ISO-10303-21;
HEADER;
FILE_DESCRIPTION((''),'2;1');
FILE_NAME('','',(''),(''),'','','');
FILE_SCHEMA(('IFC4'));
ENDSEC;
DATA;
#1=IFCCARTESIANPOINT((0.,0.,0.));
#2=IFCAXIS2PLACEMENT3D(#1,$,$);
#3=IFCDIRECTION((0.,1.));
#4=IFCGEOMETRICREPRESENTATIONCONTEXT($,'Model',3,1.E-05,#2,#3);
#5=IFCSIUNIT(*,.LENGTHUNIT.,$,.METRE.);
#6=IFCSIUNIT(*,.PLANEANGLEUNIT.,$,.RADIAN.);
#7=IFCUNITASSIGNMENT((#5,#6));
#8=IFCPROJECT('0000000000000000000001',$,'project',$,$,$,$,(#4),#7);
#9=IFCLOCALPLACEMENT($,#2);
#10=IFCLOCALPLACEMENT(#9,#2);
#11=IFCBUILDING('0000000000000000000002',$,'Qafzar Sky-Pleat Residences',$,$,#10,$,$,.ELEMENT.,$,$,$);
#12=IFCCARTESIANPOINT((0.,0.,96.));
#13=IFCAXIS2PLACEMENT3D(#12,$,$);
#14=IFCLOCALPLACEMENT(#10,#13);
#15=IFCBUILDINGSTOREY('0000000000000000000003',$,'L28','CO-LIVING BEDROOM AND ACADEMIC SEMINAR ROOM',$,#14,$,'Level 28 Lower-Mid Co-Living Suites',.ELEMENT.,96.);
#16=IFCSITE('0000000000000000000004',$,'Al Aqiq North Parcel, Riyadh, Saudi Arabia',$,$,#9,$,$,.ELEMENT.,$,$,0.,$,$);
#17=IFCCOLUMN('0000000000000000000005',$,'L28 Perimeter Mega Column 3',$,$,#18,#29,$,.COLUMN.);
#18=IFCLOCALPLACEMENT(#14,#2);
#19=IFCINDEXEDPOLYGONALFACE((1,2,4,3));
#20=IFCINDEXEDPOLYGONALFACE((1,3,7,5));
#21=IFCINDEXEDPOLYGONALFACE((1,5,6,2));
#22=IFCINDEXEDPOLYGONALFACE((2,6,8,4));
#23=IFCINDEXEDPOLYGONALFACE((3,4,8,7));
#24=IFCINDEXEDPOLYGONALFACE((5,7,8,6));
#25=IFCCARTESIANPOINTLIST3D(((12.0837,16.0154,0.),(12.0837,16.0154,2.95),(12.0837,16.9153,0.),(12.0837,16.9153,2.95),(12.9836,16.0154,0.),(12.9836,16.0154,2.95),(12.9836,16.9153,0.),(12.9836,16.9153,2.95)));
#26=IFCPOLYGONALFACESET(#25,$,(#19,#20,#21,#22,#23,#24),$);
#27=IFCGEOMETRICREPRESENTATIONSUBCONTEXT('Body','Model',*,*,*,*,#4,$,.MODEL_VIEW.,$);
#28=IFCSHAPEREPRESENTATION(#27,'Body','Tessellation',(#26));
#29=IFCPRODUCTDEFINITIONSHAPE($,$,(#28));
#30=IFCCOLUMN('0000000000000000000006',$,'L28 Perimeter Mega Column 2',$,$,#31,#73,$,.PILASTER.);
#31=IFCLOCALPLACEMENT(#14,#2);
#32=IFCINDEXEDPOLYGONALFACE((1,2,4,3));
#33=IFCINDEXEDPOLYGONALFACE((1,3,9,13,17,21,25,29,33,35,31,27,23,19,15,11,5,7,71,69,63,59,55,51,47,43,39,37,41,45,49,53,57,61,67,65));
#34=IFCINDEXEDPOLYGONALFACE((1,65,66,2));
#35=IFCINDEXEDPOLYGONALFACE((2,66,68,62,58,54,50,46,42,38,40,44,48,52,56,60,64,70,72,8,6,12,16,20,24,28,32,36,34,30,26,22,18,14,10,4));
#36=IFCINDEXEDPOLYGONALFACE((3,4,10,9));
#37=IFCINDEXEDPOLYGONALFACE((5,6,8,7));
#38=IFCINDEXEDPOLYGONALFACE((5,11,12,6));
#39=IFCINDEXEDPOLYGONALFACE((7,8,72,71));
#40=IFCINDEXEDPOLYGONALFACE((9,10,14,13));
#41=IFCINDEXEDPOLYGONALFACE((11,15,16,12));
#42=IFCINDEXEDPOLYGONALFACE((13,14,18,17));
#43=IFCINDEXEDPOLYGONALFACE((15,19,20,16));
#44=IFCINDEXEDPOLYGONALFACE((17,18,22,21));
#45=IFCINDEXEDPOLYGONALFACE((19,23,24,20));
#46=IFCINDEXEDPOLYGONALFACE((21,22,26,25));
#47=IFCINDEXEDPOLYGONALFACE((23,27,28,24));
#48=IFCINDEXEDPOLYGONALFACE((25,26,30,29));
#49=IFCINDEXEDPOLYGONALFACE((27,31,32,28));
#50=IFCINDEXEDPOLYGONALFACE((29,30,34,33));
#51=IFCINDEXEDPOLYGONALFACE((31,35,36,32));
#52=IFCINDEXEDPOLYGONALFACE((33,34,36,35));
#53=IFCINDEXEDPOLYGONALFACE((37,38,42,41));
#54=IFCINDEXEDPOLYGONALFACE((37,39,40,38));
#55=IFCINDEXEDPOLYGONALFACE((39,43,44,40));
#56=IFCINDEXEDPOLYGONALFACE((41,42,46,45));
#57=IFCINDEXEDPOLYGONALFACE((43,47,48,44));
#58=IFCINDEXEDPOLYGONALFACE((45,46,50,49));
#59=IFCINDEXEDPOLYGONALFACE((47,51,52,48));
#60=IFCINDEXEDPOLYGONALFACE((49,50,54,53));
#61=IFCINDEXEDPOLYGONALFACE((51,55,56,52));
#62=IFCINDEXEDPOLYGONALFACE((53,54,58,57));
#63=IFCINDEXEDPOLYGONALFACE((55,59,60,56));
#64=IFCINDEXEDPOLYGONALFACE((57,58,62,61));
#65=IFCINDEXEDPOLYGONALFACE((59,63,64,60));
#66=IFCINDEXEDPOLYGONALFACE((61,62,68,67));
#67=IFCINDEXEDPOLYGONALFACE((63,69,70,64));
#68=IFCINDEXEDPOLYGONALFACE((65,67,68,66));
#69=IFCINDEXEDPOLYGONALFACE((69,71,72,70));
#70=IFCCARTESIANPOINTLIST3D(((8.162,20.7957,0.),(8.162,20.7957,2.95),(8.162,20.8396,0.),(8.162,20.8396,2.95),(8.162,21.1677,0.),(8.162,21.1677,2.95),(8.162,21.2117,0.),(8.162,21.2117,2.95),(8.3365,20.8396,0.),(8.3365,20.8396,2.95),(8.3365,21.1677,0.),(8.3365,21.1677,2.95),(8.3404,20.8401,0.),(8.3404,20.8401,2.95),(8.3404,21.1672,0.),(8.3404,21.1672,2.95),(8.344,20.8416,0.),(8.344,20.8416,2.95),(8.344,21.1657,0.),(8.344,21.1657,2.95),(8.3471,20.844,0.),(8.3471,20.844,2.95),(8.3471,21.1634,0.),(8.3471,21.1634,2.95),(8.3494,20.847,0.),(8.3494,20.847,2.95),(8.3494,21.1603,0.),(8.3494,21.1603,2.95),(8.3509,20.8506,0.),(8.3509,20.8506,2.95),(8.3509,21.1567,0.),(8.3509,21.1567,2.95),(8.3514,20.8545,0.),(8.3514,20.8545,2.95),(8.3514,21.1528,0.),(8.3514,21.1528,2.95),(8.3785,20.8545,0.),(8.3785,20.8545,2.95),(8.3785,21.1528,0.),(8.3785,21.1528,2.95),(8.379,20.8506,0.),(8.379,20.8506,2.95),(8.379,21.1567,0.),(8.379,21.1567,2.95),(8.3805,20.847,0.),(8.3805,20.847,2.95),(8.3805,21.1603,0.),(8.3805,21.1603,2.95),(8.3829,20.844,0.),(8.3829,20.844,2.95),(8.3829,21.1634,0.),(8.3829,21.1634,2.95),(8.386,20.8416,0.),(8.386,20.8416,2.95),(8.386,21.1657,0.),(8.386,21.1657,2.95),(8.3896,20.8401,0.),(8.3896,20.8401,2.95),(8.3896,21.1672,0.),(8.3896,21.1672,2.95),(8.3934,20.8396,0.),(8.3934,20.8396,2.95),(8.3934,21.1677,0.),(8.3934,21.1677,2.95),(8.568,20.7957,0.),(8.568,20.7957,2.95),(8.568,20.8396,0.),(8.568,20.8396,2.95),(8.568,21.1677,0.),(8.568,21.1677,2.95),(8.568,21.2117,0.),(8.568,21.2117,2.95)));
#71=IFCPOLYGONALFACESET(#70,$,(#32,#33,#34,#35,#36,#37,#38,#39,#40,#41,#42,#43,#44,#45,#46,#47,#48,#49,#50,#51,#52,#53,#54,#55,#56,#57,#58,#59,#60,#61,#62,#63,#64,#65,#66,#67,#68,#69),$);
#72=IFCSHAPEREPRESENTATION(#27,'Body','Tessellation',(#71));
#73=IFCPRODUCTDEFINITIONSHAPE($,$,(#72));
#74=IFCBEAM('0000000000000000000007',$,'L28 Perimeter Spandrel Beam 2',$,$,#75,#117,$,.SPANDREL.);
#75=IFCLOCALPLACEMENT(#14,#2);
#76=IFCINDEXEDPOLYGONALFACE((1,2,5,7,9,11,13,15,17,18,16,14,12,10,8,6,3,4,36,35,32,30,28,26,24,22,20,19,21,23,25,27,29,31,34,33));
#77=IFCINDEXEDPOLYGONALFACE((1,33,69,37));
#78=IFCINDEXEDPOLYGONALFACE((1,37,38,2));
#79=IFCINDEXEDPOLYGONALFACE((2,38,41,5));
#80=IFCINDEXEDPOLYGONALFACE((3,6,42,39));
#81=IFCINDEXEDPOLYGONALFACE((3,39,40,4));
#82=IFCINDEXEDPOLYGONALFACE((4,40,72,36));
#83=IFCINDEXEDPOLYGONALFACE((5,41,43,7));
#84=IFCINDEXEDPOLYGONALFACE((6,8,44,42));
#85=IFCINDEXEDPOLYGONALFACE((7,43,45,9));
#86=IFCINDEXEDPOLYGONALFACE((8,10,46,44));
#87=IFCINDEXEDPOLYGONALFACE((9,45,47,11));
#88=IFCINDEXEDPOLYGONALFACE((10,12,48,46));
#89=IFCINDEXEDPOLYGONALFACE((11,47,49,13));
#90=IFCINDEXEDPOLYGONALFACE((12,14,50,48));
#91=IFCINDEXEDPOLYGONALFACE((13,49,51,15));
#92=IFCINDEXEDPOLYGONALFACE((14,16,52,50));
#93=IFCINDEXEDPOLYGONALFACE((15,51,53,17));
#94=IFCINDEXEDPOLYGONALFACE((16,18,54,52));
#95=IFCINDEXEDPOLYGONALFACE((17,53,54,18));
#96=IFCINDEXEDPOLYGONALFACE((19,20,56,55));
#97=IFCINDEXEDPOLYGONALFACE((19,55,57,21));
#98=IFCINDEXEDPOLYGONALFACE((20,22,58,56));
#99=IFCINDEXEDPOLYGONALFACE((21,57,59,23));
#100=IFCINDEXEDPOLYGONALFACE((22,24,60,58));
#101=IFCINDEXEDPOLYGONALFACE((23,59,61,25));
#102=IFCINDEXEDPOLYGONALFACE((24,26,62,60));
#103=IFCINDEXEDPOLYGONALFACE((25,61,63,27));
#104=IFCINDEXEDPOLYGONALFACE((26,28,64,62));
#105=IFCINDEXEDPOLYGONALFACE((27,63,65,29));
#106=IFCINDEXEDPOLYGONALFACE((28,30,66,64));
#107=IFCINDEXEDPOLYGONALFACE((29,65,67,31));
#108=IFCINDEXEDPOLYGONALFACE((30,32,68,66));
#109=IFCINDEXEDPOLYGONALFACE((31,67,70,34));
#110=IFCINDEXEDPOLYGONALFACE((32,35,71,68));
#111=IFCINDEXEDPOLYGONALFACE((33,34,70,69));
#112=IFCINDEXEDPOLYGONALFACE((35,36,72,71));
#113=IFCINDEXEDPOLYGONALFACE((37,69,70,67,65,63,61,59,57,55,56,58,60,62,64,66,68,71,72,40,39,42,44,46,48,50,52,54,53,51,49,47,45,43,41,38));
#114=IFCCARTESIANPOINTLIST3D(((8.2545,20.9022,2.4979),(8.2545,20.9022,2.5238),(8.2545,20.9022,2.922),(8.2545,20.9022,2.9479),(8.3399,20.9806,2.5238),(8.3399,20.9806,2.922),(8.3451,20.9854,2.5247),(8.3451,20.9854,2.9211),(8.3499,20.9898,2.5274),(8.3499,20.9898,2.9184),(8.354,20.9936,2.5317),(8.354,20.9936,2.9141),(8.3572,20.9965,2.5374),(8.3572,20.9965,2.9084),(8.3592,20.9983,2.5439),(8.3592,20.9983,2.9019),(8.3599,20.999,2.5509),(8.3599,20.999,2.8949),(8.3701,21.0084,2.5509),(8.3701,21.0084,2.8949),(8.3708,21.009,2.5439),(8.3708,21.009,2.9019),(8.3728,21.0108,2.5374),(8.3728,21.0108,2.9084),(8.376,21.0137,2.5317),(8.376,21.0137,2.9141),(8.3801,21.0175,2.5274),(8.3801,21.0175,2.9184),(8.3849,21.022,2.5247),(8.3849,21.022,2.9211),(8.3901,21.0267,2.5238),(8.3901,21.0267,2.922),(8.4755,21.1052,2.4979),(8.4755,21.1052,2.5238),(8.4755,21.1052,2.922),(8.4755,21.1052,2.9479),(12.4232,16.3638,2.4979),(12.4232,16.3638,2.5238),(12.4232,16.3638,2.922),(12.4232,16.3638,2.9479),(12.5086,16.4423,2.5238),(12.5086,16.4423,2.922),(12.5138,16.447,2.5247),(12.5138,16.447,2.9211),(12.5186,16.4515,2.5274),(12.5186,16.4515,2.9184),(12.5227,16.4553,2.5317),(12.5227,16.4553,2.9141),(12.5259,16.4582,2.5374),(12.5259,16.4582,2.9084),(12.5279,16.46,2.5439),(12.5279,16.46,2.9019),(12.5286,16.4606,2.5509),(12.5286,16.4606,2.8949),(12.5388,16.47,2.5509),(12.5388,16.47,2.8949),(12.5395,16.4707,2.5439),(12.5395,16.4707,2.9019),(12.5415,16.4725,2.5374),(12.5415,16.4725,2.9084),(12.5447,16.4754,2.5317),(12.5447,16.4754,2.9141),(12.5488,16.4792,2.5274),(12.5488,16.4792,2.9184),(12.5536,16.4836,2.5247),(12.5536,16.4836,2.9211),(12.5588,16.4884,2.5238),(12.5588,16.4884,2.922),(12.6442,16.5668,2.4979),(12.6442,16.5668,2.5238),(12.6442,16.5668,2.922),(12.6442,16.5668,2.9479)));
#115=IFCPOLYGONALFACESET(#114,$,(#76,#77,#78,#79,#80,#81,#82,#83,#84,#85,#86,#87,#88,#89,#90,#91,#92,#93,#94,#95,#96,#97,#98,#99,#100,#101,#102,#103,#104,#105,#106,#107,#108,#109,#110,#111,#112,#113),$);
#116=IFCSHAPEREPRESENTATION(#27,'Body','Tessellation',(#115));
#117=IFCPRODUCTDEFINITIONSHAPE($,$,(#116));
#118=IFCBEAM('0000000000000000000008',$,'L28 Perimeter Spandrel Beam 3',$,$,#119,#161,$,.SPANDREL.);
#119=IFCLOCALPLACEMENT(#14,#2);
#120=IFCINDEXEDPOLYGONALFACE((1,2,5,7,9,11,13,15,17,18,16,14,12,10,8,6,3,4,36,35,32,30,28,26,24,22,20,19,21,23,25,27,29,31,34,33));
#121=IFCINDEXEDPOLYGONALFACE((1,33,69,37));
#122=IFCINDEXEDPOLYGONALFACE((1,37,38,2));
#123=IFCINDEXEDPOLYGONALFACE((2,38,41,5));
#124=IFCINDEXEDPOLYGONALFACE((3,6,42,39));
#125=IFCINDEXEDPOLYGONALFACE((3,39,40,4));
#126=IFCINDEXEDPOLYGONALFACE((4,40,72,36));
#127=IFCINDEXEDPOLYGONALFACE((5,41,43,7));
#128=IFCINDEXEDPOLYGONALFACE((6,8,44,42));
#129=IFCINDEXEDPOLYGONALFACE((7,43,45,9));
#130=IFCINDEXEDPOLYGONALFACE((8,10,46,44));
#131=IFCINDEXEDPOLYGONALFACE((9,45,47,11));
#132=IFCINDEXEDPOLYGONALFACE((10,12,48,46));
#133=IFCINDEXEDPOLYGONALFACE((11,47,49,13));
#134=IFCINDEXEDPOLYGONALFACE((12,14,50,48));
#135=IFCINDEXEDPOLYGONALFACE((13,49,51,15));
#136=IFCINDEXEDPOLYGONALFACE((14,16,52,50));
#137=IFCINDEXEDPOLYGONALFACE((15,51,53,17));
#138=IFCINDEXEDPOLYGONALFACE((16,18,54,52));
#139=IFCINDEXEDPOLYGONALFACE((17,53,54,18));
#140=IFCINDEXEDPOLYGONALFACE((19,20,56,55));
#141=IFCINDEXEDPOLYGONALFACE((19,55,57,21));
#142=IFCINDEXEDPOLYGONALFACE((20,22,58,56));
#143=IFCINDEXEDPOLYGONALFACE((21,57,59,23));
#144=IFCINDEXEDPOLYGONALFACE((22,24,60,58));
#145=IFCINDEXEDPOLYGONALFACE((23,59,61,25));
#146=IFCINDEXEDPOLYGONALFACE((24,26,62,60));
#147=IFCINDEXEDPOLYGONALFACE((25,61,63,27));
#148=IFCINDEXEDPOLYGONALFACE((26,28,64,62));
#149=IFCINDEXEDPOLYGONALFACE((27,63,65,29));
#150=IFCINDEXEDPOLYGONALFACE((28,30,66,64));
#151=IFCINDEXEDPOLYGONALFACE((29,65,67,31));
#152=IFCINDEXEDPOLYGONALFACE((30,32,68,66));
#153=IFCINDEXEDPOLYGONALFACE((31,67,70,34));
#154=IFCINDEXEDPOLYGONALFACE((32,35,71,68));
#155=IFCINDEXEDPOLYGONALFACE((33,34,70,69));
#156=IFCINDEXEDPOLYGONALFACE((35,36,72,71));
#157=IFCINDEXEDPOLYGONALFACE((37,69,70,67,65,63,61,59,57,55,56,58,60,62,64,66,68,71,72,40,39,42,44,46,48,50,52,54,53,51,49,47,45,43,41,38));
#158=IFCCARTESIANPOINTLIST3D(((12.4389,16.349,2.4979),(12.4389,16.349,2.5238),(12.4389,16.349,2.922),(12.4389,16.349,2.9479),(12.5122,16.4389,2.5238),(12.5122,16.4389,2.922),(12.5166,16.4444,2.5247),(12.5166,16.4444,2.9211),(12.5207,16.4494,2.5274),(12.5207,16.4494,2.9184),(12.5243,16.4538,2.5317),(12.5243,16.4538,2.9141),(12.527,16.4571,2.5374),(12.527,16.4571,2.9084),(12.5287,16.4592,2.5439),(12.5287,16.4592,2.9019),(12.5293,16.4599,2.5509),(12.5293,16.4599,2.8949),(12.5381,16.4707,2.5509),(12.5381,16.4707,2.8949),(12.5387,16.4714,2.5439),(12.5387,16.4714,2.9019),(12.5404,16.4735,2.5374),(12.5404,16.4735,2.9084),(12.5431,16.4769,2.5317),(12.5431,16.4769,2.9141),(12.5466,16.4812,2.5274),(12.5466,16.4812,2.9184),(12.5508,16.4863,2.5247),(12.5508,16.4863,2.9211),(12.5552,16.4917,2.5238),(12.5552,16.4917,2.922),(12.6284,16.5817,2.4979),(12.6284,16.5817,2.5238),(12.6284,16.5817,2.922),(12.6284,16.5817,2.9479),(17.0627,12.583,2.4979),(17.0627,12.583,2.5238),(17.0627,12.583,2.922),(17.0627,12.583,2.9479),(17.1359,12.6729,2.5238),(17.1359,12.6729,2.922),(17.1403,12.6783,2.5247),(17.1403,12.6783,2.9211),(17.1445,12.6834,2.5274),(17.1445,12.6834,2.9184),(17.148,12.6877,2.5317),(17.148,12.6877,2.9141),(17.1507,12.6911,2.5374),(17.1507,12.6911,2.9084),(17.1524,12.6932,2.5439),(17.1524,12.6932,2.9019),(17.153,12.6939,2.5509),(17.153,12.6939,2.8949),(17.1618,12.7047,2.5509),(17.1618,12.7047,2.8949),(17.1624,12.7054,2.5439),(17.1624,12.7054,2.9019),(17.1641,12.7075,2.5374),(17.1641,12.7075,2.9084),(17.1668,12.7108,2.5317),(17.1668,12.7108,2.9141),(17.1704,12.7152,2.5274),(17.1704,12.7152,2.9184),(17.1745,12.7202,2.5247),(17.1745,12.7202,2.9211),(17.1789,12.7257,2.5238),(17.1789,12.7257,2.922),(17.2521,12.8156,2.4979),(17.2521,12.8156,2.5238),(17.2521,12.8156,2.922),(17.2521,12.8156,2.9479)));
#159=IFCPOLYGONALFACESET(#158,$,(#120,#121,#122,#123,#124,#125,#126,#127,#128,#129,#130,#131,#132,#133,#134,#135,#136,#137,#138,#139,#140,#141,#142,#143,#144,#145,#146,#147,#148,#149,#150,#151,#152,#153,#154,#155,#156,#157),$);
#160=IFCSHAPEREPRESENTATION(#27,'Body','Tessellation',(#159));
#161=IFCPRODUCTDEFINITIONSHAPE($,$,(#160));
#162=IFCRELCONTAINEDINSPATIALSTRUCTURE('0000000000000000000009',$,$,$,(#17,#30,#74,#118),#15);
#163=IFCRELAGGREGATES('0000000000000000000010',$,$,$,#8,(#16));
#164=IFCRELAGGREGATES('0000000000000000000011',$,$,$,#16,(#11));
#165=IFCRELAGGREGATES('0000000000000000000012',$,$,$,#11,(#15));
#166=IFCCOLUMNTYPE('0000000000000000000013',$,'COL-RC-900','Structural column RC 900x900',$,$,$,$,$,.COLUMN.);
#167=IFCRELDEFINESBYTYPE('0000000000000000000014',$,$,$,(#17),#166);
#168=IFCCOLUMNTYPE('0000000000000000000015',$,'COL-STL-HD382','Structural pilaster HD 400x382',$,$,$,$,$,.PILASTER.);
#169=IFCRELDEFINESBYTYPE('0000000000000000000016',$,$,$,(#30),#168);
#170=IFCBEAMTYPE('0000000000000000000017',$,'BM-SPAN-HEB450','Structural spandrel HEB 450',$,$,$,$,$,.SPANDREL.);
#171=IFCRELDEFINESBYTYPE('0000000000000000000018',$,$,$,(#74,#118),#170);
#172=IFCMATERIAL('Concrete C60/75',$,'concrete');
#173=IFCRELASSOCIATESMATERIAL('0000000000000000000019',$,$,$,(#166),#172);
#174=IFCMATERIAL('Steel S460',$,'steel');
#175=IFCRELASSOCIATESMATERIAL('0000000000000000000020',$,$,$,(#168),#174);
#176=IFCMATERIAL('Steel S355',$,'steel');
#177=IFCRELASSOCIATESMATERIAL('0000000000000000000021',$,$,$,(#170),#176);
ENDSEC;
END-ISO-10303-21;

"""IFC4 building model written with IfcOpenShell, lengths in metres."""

from ifc_helpers import new_model, si_unit, direction, frame, origin, origin_2d, place, context, subcontext, project, spatial, rectangle, i_section, extrude, source, transform, mapped, material, material_profile, profile_set, type_object, element, save


model = new_model("IFC4")

# Units and contexts
model_context = context("Model", 3, precision=1e-05, world=origin(), true_north=direction((0.0, 1.0)))
body_context = subcontext(model_context, "Body", "Model", "MODEL_VIEW")
ifc_project = project(units=[si_unit("LENGTHUNIT", "METRE"), si_unit("PLANEANGLEUNIT", "RADIAN")], contexts=[model_context])

# Site, building, storey
site_placement = place(None, origin())
site = spatial("IfcSite", under=ifc_project, at=site_placement, Name="Al Aqiq North Parcel, Riyadh, Saudi Arabia", CompositionType="ELEMENT", RefElevation=0.0)
building_placement = place(site_placement, origin())
building = spatial("IfcBuilding", under=site, at=building_placement, Name="Qafzar Sky-Pleat Residences", CompositionType="ELEMENT")
storey_placement = place(building_placement, frame((0.0, 0.0, 96.0)))
storey = spatial("IfcBuildingStorey", under=building, at=storey_placement, Name="L28", Description="CO-LIVING BEDROOM AND ACADEMIC SEMINAR ROOM", LongName="Level 28 Lower-Mid Co-Living Suites", CompositionType="ELEMENT", Elevation=96.0)

# Columns
ifc_material_1 = material(Name="Concrete C60/75", Category="concrete")
ifc_material_profile_1 = material_profile(ifc_material_1, rectangle(XDim=0.8999, YDim=0.8999, at=origin_2d()), Name="RC 900x900")
ifc_profile_set_1 = profile_set([ifc_material_profile_1], Name="Concrete C60/75")
column_type_1 = type_object("IfcColumnType", Name="COL-RC-900", Description="Structural column RC 900x900", PredefinedType="COLUMN", material=ifc_profile_set_1)
shared_shape_1 = source(origin(), body_context, "Body", "SweptSolid", [
    extrude(rectangle(XDim=0.8999, YDim=0.8999, at=origin_2d()), origin(), (0.0, 0.0, 1.0), 2.95),
])
column_1_placement = place(storey_placement, frame((12.5337, 16.4653, 0.0), z_axis=(0.0, 0.0, 1.0), x_axis=(1.0, 0.0, 0.0)))
element("IfcColumn", 1, at=column_1_placement, inside=storey, type_object=column_type_1, Name="L28 Perimeter Mega Column 3", PredefinedType="COLUMN", context=body_context, shape_type="MappedRepresentation", body=[
    mapped(shared_shape_1, transform((0.0, 0.0, 0.0), x_axis=(1.0, 0.0, 0.0), y_axis=(0.0, 1.0, 0.0), z_axis=(0.0, 0.0, 1.0), scale=1.0)),
])
ifc_material_2 = material(Name="Steel S460", Category="steel")
ifc_material_profile_2 = material_profile(ifc_material_2, i_section(OverallWidth=0.406, OverallDepth=0.416, WebThickness=0.0271, FlangeThickness=0.0439, FilletRadius=0.0149, at=origin_2d()), Name="HD 400x382")
ifc_profile_set_2 = profile_set([ifc_material_profile_2], Name="Steel S460")
column_type_2 = type_object("IfcColumnType", Name="COL-STL-HD382", Description="Structural pilaster HD 400x382", PredefinedType="PILASTER", material=ifc_profile_set_2)
shared_shape_2 = source(origin(), body_context, "Body", "SweptSolid", [
    extrude(i_section(OverallWidth=0.406, OverallDepth=0.416, WebThickness=0.0271, FlangeThickness=0.0439, FilletRadius=0.0149, at=origin_2d()), origin(), (0.0, 0.0, 1.0), 2.95),
])
column_2_placement = place(storey_placement, frame((8.365, 21.0037, 0.0), z_axis=(0.0, 0.0, 1.0), x_axis=(1.0, 0.0, 0.0)))
element("IfcColumn", 2, at=column_2_placement, inside=storey, type_object=column_type_2, Name="L28 Perimeter Mega Column 2", PredefinedType="PILASTER", context=body_context, shape_type="MappedRepresentation", body=[
    mapped(shared_shape_2, transform((0.0, 0.0, 0.0), x_axis=(1.0, 0.0, 0.0), y_axis=(0.0, 1.0, 0.0), z_axis=(0.0, 0.0, 1.0), scale=1.0)),
])

# Beams
ifc_material_3 = material(Name="Steel S355", Category="steel")
ifc_material_profile_3 = material_profile(ifc_material_3, i_section(OverallWidth=0.3, OverallDepth=0.45, WebThickness=0.0139, FlangeThickness=0.0259, FilletRadius=0.0271, at=origin_2d()), Name="HEB 450")
ifc_profile_set_3 = profile_set([ifc_material_profile_3], Name="Steel S355")
beam_type_1 = type_object("IfcBeamType", Name="BM-SPAN-HEB450", Description="Structural spandrel HEB 450", PredefinedType="SPANDREL", material=ifc_profile_set_3)
shared_shape_3 = source(origin(), body_context, "Body", "SweptSolid", [
    extrude(i_section(OverallWidth=0.3, OverallDepth=0.45, WebThickness=0.0139, FlangeThickness=0.0259, FilletRadius=0.0271, at=origin_2d()), origin(), (0.0, 0.0, 1.0), 6.1624),
])
beam_1_placement = place(storey_placement, frame((8.365, 21.0037, 2.7229), z_axis=(0.67648, -0.736461, 0.0), x_axis=(0.736461, 0.67648, 0.0)))
element("IfcBeam", 3, at=beam_1_placement, inside=storey, type_object=beam_type_1, Name="L28 Perimeter Spandrel Beam 2", PredefinedType="SPANDREL", context=body_context, shape_type="MappedRepresentation", body=[
    mapped(shared_shape_3, transform((0.0, 0.0, 0.0), x_axis=(1.0, 0.0, 0.0), y_axis=(0.0, 1.0, 0.0), z_axis=(0.0, 0.0, 1.0), scale=1.0)),
])
shared_shape_4 = source(origin(), body_context, "Body", "SweptSolid", [
    extrude(i_section(OverallWidth=0.3, OverallDepth=0.45, WebThickness=0.0139, FlangeThickness=0.0259, FilletRadius=0.0271, at=origin_2d()), origin(), (0.0, 0.0, 1.0), 5.9634),
])
beam_2_placement = place(storey_placement, frame((12.5337, 16.4653, 2.7229), z_axis=(0.775351, -0.631531, 0.0), x_axis=(0.631531, 0.775351, 0.0)))
element("IfcBeam", 4, at=beam_2_placement, inside=storey, type_object=beam_type_1, Name="L28 Perimeter Spandrel Beam 3", PredefinedType="SPANDREL", context=body_context, shape_type="MappedRepresentation", body=[
    mapped(shared_shape_4, transform((0.0, 0.0, 0.0), x_axis=(1.0, 0.0, 0.0), y_axis=(0.0, 1.0, 0.0), z_axis=(0.0, 0.0, 1.0), scale=1.0)),
])

save(model, "model.ifc")
